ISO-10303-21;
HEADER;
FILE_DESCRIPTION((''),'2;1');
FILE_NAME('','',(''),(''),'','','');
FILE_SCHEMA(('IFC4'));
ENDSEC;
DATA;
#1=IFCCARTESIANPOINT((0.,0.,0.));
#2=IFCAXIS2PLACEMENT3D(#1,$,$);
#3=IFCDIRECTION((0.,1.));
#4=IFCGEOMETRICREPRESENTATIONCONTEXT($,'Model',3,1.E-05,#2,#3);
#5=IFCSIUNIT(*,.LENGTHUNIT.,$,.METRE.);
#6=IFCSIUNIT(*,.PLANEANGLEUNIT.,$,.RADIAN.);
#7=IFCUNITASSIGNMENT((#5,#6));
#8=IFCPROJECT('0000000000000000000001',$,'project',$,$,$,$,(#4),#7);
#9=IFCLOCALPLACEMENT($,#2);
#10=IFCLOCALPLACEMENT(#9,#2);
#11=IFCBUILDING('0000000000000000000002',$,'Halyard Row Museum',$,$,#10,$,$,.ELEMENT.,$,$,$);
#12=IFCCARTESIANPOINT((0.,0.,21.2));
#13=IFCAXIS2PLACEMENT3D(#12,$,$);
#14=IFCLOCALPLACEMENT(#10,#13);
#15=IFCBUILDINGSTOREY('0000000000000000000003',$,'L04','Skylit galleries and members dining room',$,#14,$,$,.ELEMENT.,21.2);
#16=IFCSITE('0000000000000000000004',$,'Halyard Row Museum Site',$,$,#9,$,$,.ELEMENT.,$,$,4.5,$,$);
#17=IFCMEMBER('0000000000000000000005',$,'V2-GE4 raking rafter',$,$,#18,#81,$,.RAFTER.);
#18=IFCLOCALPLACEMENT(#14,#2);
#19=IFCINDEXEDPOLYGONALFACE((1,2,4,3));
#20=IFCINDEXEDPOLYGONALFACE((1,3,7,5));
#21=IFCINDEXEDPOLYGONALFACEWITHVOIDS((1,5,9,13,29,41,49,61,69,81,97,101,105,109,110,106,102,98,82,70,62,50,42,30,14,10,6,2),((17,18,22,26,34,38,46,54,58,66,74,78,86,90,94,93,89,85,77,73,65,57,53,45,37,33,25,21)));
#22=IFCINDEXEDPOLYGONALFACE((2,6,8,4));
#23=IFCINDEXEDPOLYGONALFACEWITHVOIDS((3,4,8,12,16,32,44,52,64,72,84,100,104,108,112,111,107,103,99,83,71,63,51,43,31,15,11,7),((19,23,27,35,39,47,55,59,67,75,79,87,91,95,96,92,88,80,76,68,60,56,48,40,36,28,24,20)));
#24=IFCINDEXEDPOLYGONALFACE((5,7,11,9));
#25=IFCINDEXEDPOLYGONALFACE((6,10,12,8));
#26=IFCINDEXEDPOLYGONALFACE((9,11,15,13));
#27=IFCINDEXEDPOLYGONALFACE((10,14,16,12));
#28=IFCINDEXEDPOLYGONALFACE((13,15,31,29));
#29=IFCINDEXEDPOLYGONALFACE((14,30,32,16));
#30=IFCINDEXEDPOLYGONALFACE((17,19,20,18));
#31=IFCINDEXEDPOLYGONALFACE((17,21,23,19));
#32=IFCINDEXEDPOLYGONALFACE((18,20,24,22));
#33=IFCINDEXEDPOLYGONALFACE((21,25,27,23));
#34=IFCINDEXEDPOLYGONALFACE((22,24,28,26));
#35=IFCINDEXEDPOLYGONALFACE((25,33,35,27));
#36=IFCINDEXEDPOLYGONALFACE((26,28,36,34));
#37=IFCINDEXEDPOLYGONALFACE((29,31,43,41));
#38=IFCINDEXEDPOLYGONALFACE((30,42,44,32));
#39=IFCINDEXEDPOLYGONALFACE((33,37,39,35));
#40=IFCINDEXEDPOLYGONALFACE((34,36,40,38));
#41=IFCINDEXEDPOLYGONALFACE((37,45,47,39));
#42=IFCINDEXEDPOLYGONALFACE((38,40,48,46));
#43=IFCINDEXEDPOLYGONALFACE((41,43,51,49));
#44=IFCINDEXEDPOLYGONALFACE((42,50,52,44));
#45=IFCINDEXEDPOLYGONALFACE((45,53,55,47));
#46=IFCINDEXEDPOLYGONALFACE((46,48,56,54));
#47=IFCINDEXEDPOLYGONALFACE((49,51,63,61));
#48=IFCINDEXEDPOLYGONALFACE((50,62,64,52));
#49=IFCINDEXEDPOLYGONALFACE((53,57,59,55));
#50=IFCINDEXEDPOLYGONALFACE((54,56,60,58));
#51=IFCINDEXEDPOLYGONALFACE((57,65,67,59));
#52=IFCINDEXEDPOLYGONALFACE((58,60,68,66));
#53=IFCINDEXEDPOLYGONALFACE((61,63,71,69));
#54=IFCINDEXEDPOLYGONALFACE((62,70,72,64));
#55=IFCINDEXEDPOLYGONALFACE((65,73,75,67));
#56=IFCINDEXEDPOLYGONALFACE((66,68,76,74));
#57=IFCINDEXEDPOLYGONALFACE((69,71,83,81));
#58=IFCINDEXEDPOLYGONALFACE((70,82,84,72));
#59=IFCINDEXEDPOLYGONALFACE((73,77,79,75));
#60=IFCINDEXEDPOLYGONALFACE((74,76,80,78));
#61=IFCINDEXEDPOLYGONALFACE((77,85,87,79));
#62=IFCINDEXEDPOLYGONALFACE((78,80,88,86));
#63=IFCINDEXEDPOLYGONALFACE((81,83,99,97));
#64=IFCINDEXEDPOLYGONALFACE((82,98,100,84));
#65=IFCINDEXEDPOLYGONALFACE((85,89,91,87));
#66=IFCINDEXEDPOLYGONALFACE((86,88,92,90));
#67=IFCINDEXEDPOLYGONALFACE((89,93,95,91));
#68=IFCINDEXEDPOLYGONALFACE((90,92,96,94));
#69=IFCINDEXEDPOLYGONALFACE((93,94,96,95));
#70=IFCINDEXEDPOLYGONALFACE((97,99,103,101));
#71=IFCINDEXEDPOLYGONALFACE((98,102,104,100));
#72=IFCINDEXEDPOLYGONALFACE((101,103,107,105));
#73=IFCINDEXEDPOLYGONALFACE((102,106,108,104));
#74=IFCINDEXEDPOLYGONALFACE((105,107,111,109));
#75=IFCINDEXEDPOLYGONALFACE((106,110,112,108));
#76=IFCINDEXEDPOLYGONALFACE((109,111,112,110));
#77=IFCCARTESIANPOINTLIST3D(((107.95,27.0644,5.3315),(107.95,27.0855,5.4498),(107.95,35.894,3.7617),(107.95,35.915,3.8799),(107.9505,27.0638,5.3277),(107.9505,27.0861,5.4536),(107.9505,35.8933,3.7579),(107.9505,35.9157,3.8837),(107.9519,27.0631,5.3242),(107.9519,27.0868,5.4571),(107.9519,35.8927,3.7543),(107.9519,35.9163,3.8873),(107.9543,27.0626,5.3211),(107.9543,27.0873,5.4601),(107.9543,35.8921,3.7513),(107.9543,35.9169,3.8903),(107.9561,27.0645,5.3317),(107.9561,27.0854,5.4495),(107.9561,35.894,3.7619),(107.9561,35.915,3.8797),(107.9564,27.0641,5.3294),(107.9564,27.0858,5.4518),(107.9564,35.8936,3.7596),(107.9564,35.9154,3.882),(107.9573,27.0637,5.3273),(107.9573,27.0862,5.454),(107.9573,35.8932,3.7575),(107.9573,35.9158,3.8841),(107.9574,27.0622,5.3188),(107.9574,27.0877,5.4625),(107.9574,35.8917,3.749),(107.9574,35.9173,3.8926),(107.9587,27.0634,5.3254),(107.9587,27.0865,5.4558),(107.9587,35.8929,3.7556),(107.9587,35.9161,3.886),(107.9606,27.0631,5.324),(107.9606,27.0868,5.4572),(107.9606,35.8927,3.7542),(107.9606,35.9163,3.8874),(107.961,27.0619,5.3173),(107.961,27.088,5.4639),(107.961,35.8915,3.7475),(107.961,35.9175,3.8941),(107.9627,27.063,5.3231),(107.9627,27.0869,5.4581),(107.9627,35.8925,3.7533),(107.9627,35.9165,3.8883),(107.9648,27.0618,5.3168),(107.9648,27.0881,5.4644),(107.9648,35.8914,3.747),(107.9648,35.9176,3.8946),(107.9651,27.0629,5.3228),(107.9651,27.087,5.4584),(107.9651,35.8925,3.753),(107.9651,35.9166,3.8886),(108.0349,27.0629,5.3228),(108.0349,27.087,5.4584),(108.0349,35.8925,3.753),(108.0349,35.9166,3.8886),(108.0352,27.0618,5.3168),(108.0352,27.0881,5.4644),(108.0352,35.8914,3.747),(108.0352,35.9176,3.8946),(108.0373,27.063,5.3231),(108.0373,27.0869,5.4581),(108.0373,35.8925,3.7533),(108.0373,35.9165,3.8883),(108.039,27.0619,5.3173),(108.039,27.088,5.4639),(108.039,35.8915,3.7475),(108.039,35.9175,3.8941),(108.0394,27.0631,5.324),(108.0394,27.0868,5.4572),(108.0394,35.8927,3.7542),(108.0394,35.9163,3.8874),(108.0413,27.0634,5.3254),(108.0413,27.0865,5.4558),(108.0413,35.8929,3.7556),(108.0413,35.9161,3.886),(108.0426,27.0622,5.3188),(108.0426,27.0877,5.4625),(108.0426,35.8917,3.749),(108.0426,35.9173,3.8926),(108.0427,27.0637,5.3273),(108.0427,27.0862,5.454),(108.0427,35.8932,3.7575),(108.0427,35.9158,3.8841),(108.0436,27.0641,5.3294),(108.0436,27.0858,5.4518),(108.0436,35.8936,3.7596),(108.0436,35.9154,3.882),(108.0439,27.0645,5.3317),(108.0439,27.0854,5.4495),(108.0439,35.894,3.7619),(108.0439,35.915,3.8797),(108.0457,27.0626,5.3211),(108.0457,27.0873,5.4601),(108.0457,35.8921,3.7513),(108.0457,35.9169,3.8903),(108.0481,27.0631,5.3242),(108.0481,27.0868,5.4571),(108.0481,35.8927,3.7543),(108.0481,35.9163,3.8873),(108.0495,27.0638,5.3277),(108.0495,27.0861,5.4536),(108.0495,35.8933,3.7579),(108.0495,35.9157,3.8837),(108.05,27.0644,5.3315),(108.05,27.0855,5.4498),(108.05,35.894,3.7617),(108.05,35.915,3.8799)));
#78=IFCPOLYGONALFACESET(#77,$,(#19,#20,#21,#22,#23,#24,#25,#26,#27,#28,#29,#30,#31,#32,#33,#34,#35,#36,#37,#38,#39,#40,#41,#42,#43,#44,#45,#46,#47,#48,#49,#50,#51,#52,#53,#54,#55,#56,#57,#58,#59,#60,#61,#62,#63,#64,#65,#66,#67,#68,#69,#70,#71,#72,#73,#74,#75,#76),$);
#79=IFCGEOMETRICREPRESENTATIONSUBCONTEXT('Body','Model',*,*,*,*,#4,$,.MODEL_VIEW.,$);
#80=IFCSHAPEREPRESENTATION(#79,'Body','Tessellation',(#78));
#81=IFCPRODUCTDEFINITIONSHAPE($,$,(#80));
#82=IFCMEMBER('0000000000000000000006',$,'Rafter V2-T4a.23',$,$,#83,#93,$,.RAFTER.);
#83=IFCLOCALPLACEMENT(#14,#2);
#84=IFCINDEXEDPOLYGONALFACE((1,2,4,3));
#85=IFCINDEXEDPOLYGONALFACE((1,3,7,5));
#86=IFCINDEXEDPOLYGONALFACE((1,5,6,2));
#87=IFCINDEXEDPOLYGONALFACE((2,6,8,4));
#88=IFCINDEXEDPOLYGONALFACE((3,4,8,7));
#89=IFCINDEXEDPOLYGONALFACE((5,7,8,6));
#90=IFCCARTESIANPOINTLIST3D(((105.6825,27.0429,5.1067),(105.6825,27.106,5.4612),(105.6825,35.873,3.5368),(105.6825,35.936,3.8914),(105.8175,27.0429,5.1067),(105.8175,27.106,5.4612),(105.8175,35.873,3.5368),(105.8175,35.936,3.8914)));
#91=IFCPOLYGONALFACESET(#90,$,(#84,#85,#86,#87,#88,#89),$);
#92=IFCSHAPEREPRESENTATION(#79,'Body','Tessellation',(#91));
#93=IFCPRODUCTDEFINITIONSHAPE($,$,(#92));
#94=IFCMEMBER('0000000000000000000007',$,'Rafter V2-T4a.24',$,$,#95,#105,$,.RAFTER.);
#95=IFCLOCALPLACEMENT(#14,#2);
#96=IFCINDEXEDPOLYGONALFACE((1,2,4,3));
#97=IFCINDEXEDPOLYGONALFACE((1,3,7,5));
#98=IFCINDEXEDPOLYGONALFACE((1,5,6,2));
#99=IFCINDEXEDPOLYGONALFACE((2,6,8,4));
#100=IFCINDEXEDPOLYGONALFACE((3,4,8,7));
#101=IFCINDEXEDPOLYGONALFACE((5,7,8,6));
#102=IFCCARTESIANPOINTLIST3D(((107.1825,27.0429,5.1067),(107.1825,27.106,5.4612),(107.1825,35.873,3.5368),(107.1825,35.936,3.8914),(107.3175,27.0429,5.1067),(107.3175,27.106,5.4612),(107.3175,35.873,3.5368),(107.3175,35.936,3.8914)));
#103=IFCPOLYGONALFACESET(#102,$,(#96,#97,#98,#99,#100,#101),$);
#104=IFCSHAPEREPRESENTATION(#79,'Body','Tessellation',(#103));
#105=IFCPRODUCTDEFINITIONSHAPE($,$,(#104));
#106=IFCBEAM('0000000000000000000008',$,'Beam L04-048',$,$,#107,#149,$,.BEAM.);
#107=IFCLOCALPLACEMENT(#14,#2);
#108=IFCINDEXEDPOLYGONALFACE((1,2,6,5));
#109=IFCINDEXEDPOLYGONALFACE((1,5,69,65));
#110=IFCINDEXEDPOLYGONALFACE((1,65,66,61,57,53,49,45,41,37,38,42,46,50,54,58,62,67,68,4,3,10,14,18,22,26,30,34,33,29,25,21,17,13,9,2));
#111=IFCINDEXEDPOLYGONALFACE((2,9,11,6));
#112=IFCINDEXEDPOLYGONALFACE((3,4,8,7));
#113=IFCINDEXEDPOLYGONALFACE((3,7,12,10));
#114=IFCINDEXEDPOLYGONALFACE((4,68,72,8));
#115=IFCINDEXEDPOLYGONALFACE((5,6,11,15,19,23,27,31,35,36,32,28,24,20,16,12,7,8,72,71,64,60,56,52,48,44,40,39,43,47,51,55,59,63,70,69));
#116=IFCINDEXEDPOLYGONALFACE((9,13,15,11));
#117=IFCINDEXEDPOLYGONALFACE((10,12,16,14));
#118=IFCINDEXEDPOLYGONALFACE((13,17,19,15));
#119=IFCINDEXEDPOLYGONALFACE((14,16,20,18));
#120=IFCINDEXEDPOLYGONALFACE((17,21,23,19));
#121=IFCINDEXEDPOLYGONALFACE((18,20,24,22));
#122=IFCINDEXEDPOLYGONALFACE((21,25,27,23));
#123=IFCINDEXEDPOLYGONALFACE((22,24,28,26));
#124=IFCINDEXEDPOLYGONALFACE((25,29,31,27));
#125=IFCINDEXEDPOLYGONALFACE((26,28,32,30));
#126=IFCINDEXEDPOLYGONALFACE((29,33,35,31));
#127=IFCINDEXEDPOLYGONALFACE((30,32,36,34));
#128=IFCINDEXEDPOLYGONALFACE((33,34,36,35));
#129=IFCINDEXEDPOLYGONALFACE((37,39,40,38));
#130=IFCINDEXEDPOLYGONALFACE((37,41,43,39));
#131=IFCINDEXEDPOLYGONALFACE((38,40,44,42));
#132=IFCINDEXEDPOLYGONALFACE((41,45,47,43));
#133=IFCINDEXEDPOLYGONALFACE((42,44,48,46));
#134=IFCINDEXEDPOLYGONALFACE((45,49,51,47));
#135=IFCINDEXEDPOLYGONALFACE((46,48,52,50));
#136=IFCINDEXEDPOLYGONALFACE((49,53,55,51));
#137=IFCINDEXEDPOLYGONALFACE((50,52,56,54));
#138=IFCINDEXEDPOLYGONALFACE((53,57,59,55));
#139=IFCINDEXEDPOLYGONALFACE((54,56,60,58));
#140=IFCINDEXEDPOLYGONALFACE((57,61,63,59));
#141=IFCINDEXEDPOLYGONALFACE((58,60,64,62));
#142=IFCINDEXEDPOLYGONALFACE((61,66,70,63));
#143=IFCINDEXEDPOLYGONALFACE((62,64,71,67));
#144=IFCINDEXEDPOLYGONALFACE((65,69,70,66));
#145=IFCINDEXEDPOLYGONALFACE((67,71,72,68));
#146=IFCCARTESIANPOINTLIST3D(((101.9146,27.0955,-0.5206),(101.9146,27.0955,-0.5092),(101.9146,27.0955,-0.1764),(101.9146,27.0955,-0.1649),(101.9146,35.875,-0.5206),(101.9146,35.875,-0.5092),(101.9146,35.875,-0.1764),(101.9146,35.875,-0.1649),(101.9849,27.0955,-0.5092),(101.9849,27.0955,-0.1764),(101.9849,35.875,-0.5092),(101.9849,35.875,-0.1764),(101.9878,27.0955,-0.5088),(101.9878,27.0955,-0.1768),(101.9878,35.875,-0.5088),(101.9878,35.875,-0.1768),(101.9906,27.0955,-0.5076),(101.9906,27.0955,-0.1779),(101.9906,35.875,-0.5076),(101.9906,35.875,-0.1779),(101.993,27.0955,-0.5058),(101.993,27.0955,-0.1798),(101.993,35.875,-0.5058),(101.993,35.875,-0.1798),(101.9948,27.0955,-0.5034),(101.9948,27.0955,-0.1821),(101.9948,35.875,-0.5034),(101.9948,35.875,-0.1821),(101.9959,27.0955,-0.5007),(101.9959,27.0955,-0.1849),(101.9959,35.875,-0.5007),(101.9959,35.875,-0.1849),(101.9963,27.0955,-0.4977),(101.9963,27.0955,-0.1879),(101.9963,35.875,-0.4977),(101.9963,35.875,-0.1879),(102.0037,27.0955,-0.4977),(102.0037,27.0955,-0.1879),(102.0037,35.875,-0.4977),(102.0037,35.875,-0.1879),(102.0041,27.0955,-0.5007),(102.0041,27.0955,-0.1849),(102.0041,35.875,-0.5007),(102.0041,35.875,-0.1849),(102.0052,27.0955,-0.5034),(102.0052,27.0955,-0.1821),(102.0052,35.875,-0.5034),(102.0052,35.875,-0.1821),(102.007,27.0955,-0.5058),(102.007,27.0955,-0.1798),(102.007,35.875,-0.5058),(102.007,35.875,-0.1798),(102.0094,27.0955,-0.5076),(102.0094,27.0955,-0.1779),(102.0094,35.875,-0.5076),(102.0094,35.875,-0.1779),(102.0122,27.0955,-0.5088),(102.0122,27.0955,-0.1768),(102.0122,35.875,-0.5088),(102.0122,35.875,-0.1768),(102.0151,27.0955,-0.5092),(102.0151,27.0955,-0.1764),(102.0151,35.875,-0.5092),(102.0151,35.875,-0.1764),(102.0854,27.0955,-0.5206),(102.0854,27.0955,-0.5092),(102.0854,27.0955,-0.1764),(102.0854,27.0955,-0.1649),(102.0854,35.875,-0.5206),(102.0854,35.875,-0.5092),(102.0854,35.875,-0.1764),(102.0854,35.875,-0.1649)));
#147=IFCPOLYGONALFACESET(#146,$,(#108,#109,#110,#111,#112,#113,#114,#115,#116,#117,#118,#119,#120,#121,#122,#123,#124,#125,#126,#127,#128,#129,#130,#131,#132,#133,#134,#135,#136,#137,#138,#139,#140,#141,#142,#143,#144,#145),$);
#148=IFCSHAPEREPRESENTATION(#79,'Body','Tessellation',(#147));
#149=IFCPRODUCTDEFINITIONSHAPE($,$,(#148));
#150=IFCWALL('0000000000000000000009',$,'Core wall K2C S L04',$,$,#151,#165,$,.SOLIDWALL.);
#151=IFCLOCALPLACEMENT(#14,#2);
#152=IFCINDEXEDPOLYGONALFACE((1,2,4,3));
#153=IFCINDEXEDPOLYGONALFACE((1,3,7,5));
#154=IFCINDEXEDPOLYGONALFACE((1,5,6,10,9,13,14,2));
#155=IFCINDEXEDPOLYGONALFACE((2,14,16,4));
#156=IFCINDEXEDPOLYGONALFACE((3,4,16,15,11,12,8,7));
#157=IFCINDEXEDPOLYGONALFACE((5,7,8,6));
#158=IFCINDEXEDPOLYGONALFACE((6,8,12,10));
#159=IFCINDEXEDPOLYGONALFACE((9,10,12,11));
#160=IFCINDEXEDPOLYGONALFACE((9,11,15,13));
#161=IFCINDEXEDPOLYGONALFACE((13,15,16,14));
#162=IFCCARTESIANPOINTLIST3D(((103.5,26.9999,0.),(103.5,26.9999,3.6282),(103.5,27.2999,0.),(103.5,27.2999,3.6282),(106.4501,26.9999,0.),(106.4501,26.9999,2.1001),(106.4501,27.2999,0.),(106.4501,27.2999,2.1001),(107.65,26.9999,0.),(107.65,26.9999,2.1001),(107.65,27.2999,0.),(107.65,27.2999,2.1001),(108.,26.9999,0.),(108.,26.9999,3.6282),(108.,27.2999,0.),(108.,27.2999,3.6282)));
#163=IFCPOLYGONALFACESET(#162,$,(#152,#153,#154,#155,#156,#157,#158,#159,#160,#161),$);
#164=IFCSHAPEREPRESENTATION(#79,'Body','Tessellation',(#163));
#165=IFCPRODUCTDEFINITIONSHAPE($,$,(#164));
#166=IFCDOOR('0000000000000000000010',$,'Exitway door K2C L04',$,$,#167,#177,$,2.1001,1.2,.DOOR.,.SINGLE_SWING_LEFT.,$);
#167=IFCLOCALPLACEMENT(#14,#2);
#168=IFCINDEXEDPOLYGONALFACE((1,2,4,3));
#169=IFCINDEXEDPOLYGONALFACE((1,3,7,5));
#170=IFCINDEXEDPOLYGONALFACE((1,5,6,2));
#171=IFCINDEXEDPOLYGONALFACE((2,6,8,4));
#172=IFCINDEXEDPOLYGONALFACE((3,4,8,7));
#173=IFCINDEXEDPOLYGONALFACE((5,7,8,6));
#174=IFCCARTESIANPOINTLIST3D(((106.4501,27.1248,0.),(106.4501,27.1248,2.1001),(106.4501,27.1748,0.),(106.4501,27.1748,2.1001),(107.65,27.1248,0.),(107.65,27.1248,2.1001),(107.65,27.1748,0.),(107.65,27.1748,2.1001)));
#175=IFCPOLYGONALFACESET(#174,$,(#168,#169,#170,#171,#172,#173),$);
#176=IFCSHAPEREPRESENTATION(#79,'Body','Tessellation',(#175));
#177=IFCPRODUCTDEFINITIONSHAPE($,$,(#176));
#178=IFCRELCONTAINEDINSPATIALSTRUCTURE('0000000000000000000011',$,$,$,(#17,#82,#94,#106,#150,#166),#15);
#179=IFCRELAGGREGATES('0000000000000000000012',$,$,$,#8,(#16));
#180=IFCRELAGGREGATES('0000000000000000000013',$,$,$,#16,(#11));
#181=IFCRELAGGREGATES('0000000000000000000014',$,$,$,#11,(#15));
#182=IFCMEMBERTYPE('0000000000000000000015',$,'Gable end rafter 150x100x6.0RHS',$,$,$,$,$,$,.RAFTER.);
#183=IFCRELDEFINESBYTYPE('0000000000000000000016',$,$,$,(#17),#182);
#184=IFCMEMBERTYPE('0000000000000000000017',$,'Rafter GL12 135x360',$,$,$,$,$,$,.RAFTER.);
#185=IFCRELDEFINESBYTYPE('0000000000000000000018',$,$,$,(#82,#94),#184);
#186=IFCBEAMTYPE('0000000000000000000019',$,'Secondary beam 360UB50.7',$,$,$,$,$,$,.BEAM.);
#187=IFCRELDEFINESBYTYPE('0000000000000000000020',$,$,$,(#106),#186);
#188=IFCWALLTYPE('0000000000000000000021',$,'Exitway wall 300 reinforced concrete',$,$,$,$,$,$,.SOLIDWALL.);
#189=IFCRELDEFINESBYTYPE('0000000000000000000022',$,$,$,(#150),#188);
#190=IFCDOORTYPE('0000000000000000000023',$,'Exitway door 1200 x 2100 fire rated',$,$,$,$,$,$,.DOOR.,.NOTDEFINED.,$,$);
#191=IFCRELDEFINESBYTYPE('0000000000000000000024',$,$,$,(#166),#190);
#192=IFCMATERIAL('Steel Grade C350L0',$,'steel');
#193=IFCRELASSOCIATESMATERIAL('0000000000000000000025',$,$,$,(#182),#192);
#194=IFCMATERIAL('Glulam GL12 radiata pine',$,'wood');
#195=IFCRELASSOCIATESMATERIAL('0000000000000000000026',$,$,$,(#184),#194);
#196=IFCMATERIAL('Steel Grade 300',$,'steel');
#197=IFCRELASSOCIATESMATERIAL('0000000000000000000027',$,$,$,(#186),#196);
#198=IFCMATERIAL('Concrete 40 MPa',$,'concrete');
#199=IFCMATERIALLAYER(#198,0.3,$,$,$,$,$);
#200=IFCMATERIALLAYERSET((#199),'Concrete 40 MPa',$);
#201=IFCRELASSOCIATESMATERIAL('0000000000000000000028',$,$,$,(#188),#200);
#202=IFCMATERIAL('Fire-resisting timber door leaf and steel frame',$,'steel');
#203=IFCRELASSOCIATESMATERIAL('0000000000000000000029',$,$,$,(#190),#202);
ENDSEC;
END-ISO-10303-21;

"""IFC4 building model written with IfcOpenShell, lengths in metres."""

from ifc_helpers import new_model, si_unit, direction, frame, frame_2d, origin, origin_2d, place, context, subcontext, project, spatial, rectangle, hollow_rectangle, i_section, extrude, material, layer, layer_set, material_profile, profile_set, type_object, element, fill, save


model = new_model("IFC4")

# Units and contexts
model_context = context("Model", 3, precision=1e-05, world=origin(), true_north=direction((0.0, 1.0)))
body_context = subcontext(model_context, "Body", "Model", "MODEL_VIEW")
ifc_project = project(units=[si_unit("LENGTHUNIT", "METRE"), si_unit("PLANEANGLEUNIT", "RADIAN")], contexts=[model_context])

# Site, building, storey
site_placement = place(None, origin())
site = spatial("IfcSite", under=ifc_project, at=site_placement, Name="Halyard Row Museum Site", CompositionType="ELEMENT", RefElevation=4.5)
building_placement = place(site_placement, origin())
building = spatial("IfcBuilding", under=site, at=building_placement, Name="Halyard Row Museum", CompositionType="ELEMENT")
storey_placement = place(building_placement, frame((0.0, 0.0, 21.2)))
storey = spatial("IfcBuildingStorey", under=building, at=storey_placement, Name="L04", Description="Skylit galleries and members dining room", CompositionType="ELEMENT", Elevation=21.2)

# Members
ifc_material_1 = material(Name="Steel Grade C350L0", Category="steel")
ifc_material_profile_1 = material_profile(ifc_material_1, hollow_rectangle(XDim=0.1001, YDim=0.1499, WallThickness=0.0061, InnerFilletRadius=0.009, OuterFilletRadius=0.0149, at=origin_2d()), Name="150x100x6.0RHS")
ifc_profile_set_1 = profile_set([ifc_material_profile_1], Name="Steel Grade C350L0")
member_type_1 = type_object("IfcMemberType", Name="Gable end rafter 150x100x6.0RHS", PredefinedType="RAFTER", material=ifc_profile_set_1)
member_1_placement = place(storey_placement, frame((108.0, 27.075, 5.3906), z_axis=(0.0, 0.98456, -0.175046), x_axis=(-1.0, 0.0, 0.0)))
element("IfcMember", 1, at=member_1_placement, inside=storey, type_object=member_type_1, Name="V2-GE4 raking rafter", PredefinedType="RAFTER", context=body_context, shape_type="SweptSolid", body=[
    extrude(hollow_rectangle(XDim=0.1001, YDim=0.1499, WallThickness=0.0061, InnerFilletRadius=0.009, OuterFilletRadius=0.0149, at=origin_2d()), origin(), (0.0, 0.0, 1.0), 8.968),
])
ifc_material_2 = material(Name="Glulam GL12 radiata pine", Category="wood")
ifc_material_profile_2 = material_profile(ifc_material_2, rectangle(XDim=0.135, YDim=0.3601, at=origin_2d()), Name="GL12 135x360")
ifc_profile_set_2 = profile_set([ifc_material_profile_2], Name="Glulam GL12 radiata pine")
member_type_2 = type_object("IfcMemberType", Name="Rafter GL12 135x360", PredefinedType="RAFTER", material=ifc_profile_set_2)
for number, where, z_axis, x_axis, name in (
    (2, (105.75, 27.0745, 5.2839), (0.0, 0.984562, -0.175037), (-1.0, 0.0, 0.0), "Rafter V2-T4a.23"),
    (3, (107.25, 27.0745, 5.2839), (0.0, 0.984562, -0.175037), (-1.0, 0.0, 0.0), "Rafter V2-T4a.24"),
):
    element("IfcMember", number, at=place(storey_placement, frame(where, z_axis=z_axis, x_axis=x_axis)), inside=storey, type_object=member_type_2, Name=name, PredefinedType="RAFTER", context=body_context, shape_type="SweptSolid", body=[
        extrude(rectangle(XDim=0.135, YDim=0.3601, at=origin_2d()), origin(), (0.0, 0.0, 1.0), 8.9685),
    ])

# Beam
ifc_material_3 = material(Name="Steel Grade 300", Category="steel")
ifc_material_profile_3 = material_profile(ifc_material_3, i_section(OverallWidth=0.1709, OverallDepth=0.3557, WebThickness=0.0073, FlangeThickness=0.0115, FilletRadius=0.0115, at=origin_2d()), Name="360UB50.7")
ifc_profile_set_3 = profile_set([ifc_material_profile_3], Name="Steel Grade 300")
beam_type_1 = type_object("IfcBeamType", Name="Secondary beam 360UB50.7", PredefinedType="BEAM", material=ifc_profile_set_3)
beam_1_placement = place(storey_placement, frame((102.0, 27.0955, -0.3428), z_axis=(0.0, 1.0, 0.0), x_axis=(-1.0, 0.0, 0.0)))
element("IfcBeam", 4, at=beam_1_placement, inside=storey, type_object=beam_type_1, Name="Beam L04-048", PredefinedType="BEAM", context=body_context, shape_type="SweptSolid", body=[
    extrude(i_section(OverallWidth=0.1709, OverallDepth=0.3557, WebThickness=0.0073, FlangeThickness=0.0115, FilletRadius=0.0115, at=origin_2d()), origin(), (0.0, 0.0, 1.0), 8.7795),
])

# Wall, opening, door
ifc_material_4 = material(Name="Concrete 40 MPa", Category="concrete")
ifc_layer_1 = layer(ifc_material_4, 0.3)
ifc_layer_set_1 = layer_set([ifc_layer_1], Name="Concrete 40 MPa")
wall_type_1 = type_object("IfcWallType", Name="Exitway wall 300 reinforced concrete", PredefinedType="SOLIDWALL", material=ifc_layer_set_1)
wall_1_placement = place(storey_placement, frame((103.5, 27.1499, 0.0), z_axis=(0.0, 0.0, 1.0), x_axis=(1.0, 0.0, 0.0)))
wall_1 = element("IfcWall", 5, at=wall_1_placement, inside=storey, type_object=wall_type_1, Name="Core wall K2C S L04", PredefinedType="SOLIDWALL", context=body_context, shape_type="SweptSolid", body=[
    extrude(rectangle(XDim=4.5, YDim=0.3, at=frame_2d((2.25, 0.0))), origin(), (0.0, 0.0, 1.0), 3.6282),
])
opening_placement = place(wall_1_placement, frame((2.95, 0.0, 0.0)))
opening = element("IfcOpeningElement", 6, at=opening_placement, cuts=wall_1, PredefinedType="OPENING", context=body_context, shape_type="SweptSolid", body=[
    extrude(rectangle(XDim=1.2, YDim=2.1001, at=frame_2d((0.6001, 1.05))), frame((0.0, 0.1599, 0.0), z_axis=(0.0, -1.0, 0.0), x_axis=(1.0, 0.0, 0.0)), (0.0, 0.0, 1.0), 0.3201),
])
ifc_material_5 = material(Name="Fire-resisting timber door leaf and steel frame", Category="steel")
door_type = type_object("IfcDoorType", Name="Exitway door 1200 x 2100 fire rated", OperationType="NOTDEFINED", PredefinedType="DOOR", material=ifc_material_5)
door_placement = place(opening_placement, origin())
door = element("IfcDoor", 7, at=door_placement, inside=storey, type_object=door_type, Name="Exitway door K2C L04", OperationType="SINGLE_SWING_LEFT", OverallHeight=2.1001, OverallWidth=1.2, PredefinedType="DOOR", context=body_context, shape_type="SweptSolid", body=[
    extrude(rectangle(XDim=1.2, YDim=2.1001, at=frame_2d((0.6001, 1.05))), frame((0.0, 0.0249, 0.0), z_axis=(0.0, -1.0, 0.0), x_axis=(1.0, 0.0, 0.0)), (0.0, 0.0, 1.0), 0.05),
])
fill(opening, door)

save(model, "model.ifc")
